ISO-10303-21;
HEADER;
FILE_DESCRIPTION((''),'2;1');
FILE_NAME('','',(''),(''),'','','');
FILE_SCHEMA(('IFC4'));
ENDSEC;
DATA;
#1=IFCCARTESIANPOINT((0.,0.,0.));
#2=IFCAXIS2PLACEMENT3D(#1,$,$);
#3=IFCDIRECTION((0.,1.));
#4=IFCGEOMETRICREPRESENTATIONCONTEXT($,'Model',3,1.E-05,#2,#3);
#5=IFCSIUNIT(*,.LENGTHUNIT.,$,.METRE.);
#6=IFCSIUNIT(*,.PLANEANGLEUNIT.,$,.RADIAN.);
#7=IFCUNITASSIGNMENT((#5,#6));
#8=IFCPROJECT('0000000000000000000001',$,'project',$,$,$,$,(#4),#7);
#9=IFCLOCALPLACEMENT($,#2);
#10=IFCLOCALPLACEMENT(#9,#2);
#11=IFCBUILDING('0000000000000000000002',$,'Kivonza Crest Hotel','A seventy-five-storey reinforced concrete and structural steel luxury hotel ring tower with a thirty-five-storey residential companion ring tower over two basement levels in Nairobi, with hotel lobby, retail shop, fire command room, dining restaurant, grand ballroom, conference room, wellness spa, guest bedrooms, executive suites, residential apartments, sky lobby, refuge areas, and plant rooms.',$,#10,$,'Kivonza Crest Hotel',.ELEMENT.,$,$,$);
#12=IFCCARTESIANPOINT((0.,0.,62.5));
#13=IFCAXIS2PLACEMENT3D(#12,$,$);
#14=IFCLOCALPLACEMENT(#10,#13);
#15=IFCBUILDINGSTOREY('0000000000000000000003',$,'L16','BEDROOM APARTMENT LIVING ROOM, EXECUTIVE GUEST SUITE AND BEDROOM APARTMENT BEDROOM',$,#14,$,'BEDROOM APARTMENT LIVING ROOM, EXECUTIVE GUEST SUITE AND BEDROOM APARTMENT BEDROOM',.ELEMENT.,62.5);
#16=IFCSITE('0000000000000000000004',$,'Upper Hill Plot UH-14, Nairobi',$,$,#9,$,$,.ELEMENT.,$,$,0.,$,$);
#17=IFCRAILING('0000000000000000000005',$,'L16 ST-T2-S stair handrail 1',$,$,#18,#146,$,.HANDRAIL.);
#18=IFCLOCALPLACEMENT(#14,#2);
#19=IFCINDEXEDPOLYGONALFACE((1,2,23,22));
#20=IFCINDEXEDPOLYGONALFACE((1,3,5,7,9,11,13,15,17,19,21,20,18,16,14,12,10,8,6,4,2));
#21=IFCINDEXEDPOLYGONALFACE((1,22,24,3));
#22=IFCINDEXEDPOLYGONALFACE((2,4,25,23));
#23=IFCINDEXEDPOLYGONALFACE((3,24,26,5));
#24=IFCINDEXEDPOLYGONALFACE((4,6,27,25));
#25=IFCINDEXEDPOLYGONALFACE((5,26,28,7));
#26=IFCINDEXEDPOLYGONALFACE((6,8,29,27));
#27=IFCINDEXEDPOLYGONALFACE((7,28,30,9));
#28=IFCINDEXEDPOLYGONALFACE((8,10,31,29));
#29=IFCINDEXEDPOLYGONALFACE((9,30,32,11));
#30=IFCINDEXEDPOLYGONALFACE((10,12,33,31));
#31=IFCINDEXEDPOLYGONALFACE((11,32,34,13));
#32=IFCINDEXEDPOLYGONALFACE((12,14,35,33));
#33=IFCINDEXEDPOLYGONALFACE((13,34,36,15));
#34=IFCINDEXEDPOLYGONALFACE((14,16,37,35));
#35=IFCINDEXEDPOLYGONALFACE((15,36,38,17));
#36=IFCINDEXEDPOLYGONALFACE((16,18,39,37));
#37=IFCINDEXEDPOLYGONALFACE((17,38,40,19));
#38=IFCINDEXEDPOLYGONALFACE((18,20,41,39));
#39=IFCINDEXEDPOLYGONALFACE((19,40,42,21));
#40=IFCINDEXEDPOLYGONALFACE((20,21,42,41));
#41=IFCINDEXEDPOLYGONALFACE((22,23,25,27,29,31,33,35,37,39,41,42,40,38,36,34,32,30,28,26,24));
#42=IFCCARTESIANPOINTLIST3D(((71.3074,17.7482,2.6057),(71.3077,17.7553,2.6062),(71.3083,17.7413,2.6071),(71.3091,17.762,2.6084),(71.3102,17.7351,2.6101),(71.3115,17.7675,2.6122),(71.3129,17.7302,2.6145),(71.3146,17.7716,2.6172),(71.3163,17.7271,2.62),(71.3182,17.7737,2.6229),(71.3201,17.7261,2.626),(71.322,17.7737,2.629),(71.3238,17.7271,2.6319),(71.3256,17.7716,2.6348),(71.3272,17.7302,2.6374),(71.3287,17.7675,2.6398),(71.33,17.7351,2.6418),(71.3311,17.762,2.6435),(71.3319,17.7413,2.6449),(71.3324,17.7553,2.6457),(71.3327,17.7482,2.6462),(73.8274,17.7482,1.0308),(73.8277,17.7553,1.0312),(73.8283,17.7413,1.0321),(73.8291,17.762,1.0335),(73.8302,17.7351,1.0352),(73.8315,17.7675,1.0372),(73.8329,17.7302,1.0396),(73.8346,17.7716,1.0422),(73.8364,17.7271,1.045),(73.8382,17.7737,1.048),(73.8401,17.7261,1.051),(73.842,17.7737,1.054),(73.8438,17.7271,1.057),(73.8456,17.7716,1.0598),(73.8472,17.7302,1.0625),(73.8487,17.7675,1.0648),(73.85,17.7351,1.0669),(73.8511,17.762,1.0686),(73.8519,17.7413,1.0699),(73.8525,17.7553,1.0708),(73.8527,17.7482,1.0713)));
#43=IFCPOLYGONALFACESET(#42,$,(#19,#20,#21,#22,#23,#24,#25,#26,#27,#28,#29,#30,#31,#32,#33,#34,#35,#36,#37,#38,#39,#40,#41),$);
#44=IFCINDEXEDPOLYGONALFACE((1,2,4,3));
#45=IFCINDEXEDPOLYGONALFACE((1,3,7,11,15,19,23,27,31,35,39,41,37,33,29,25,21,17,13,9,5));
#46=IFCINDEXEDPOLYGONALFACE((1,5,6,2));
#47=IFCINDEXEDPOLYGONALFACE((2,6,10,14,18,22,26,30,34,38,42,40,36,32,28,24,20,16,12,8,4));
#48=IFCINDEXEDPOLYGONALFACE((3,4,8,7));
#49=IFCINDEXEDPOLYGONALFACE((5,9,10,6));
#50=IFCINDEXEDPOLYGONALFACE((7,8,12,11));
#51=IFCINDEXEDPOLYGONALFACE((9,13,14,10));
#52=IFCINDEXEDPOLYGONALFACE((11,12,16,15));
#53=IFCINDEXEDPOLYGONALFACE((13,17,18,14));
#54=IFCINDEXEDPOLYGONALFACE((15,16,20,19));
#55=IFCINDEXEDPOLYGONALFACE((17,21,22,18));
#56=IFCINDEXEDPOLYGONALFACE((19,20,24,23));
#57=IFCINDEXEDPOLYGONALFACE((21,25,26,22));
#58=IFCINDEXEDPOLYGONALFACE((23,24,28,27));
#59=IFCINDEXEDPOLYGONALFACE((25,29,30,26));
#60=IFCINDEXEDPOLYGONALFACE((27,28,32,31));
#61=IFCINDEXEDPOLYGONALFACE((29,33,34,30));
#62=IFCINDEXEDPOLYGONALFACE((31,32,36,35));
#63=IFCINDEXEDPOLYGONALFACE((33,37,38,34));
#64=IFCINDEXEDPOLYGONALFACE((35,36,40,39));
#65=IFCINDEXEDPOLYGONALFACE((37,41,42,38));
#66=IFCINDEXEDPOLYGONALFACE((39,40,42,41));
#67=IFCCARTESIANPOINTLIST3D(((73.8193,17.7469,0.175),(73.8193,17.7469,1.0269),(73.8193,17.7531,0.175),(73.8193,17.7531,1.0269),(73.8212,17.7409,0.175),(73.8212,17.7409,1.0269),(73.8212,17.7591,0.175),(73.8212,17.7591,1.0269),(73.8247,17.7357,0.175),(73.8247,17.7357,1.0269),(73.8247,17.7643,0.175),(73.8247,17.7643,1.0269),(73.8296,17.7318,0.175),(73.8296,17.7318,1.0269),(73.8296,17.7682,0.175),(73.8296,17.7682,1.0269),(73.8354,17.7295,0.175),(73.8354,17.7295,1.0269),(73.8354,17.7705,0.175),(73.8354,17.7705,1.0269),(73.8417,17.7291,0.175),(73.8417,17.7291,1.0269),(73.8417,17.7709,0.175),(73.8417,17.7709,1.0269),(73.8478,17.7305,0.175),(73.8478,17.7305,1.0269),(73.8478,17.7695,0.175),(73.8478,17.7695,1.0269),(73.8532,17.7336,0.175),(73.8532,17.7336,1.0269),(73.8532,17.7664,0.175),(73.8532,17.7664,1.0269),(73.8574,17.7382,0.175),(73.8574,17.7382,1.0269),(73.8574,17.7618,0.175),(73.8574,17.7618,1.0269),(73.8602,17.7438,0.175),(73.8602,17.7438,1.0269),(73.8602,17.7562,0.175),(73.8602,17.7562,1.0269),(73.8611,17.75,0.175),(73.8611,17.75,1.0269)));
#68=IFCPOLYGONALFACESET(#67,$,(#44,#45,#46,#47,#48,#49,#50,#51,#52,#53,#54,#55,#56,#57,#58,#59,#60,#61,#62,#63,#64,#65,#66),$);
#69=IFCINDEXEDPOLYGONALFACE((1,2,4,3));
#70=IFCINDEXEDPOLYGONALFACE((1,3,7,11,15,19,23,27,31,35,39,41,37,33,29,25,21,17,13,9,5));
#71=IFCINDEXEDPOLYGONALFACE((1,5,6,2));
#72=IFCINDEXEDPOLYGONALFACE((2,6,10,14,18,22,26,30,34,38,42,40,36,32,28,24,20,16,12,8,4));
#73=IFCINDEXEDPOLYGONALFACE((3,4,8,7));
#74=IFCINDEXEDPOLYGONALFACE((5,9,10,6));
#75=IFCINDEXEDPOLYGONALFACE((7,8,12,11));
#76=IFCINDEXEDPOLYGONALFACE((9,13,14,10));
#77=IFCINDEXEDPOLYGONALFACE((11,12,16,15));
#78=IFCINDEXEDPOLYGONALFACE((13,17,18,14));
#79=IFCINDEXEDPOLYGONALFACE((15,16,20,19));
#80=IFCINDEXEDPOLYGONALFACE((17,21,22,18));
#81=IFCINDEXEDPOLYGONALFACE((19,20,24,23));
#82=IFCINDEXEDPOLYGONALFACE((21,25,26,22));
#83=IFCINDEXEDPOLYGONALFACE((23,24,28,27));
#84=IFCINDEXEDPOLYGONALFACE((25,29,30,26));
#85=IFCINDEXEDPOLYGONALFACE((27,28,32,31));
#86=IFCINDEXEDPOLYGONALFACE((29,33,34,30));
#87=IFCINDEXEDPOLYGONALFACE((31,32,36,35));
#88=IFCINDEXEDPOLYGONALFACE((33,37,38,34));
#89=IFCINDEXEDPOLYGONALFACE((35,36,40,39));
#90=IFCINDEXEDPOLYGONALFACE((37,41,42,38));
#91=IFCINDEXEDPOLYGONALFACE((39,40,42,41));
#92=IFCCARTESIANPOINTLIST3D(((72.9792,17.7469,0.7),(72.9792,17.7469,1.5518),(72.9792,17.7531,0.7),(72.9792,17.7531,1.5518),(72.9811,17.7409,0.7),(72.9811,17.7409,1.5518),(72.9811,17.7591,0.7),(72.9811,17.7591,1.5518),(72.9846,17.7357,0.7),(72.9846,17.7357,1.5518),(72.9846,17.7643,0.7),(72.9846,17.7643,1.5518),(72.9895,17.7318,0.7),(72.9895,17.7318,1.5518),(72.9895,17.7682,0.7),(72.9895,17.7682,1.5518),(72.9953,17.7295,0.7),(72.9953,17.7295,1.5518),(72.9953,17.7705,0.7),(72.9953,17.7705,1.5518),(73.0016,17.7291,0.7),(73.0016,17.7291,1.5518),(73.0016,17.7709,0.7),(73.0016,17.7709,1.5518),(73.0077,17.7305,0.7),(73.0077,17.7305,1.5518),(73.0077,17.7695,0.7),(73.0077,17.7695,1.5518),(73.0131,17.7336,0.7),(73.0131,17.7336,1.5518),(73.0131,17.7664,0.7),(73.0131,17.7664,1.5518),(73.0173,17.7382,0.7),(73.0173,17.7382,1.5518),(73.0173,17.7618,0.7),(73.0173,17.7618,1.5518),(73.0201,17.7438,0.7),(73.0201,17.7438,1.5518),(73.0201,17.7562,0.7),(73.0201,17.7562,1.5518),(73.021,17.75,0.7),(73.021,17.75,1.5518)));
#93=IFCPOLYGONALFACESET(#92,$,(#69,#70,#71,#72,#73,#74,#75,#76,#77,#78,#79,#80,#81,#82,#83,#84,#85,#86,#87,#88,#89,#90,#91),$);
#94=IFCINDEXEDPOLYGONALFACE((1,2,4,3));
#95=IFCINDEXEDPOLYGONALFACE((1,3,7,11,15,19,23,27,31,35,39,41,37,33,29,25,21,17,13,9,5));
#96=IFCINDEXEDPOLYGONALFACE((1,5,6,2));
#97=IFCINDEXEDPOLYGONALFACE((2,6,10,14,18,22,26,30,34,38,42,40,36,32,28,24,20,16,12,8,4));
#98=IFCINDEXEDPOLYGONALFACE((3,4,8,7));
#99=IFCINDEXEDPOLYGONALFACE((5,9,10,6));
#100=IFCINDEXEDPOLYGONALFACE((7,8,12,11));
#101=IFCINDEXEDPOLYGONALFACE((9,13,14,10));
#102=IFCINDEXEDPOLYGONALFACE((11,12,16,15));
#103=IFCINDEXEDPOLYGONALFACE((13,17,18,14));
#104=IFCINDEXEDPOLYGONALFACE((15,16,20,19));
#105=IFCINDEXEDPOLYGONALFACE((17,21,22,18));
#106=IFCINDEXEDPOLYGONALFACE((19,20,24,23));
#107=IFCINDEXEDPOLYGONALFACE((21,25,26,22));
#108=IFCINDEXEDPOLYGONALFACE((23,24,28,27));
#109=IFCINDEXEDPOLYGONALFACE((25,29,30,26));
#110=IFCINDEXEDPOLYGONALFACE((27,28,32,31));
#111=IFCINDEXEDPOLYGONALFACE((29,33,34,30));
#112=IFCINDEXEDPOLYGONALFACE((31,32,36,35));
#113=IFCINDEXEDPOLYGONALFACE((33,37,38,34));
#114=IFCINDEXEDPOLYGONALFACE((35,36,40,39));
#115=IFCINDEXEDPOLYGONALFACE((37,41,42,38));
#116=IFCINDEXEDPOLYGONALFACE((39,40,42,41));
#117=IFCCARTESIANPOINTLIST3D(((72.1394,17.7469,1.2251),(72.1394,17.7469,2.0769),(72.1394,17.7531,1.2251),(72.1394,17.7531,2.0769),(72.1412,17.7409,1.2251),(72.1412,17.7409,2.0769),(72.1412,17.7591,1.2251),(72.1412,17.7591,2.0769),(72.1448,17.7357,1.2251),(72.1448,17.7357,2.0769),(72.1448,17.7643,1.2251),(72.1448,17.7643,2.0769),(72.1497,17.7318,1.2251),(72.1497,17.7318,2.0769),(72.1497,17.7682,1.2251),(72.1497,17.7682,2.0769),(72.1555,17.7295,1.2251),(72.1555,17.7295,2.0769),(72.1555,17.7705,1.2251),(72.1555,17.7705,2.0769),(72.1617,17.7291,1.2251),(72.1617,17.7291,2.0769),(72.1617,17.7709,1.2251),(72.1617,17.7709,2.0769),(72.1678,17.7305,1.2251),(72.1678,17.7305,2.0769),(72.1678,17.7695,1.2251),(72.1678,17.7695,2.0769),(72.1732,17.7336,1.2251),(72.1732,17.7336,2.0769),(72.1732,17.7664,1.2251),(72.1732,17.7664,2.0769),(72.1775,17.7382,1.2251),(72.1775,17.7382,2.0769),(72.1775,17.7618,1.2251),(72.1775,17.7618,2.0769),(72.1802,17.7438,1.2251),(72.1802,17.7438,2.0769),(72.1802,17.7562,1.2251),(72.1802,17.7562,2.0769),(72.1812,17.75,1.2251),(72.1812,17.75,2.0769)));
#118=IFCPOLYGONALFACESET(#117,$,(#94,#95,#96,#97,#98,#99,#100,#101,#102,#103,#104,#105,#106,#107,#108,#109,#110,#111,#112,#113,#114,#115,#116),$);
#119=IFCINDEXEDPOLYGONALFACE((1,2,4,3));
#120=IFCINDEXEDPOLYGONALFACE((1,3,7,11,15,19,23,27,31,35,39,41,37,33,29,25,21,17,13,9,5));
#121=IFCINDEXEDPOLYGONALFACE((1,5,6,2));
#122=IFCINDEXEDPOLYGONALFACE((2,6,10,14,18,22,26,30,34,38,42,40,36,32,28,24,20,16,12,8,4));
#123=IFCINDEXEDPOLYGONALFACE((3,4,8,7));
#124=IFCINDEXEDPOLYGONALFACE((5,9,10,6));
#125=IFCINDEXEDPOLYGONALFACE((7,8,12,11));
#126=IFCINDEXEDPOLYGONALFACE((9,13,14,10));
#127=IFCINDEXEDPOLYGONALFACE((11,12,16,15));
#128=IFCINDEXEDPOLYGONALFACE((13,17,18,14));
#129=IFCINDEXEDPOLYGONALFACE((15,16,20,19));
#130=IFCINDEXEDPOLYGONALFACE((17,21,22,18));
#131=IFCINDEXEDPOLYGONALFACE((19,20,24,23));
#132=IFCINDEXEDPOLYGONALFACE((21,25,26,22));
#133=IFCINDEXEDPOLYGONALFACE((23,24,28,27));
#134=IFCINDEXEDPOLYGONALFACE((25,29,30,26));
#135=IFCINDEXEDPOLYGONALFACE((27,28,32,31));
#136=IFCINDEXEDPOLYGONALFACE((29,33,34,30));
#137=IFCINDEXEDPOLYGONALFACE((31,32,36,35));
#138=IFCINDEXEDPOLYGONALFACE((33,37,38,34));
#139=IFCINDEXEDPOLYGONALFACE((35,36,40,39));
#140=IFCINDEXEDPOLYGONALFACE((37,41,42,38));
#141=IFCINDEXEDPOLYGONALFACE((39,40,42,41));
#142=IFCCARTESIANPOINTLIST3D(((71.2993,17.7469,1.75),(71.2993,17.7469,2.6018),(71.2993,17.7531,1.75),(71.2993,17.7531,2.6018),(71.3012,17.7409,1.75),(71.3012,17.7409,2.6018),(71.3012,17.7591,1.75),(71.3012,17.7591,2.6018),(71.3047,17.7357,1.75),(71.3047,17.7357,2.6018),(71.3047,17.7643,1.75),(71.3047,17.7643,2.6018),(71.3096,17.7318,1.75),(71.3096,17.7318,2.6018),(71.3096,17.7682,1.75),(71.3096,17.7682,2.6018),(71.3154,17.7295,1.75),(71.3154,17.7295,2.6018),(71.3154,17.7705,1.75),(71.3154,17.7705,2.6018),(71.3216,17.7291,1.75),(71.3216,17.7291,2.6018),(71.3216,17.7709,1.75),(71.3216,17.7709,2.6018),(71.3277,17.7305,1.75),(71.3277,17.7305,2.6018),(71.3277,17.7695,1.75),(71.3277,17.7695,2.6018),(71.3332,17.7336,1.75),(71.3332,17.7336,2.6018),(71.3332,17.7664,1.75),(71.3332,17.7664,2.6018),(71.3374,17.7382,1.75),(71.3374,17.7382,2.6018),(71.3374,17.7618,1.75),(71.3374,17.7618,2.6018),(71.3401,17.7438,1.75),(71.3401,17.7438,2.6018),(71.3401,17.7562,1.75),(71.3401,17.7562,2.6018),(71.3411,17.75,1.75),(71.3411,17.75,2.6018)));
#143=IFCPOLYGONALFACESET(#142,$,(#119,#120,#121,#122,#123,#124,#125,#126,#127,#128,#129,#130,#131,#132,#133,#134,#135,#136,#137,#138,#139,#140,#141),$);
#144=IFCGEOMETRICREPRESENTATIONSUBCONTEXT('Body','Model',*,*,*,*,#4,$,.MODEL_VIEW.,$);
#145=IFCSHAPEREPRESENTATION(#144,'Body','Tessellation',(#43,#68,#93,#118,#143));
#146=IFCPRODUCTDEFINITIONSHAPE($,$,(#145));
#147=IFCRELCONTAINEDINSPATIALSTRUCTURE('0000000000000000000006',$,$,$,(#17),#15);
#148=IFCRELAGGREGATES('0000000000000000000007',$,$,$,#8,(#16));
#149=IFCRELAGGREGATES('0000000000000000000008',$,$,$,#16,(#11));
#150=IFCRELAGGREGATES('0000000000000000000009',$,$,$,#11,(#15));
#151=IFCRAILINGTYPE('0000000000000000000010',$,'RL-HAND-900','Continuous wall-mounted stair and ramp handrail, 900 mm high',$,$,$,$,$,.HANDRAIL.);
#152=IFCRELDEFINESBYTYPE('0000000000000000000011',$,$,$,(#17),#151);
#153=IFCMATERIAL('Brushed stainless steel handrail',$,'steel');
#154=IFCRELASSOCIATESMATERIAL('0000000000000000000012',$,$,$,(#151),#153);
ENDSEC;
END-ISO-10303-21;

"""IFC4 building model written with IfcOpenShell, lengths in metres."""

from ifc_helpers import new_model, si_unit, direction, frame, origin, origin_2d, place, context, subcontext, project, spatial, circle, extrude, material, type_object, element, save


model = new_model("IFC4")

# Units and contexts
model_context = context("Model", 3, precision=1e-05, world=origin(), true_north=direction((0.0, 1.0)))
body_context = subcontext(model_context, "Body", "Model", "MODEL_VIEW")
ifc_project = project(units=[si_unit("LENGTHUNIT", "METRE"), si_unit("PLANEANGLEUNIT", "RADIAN")], contexts=[model_context])

# Site, building, storey
site_placement = place(None, origin())
site = spatial("IfcSite", under=ifc_project, at=site_placement, Name="Upper Hill Plot UH-14, Nairobi", CompositionType="ELEMENT", RefElevation=0.0)
building_placement = place(site_placement, origin())
building = spatial("IfcBuilding", under=site, at=building_placement, Name="Kivonza Crest Hotel", Description="A seventy-five-storey reinforced concrete and structural steel luxury hotel ring tower with a thirty-five-storey residential companion ring tower over two basement levels in Nairobi, with hotel lobby, retail shop, fire command room, dining restaurant, grand ballroom, conference room, wellness spa, guest bedrooms, executive suites, residential apartments, sky lobby, refuge areas, and plant rooms.", LongName="Kivonza Crest Hotel", CompositionType="ELEMENT")
storey_placement = place(building_placement, frame((0.0, 0.0, 62.5)))
storey = spatial("IfcBuildingStorey", under=building, at=storey_placement, Name="L16", Description="BEDROOM APARTMENT LIVING ROOM, EXECUTIVE GUEST SUITE AND BEDROOM APARTMENT BEDROOM", LongName="BEDROOM APARTMENT LIVING ROOM, EXECUTIVE GUEST SUITE AND BEDROOM APARTMENT BEDROOM", CompositionType="ELEMENT", Elevation=62.5)

# Railing
ifc_material_1 = material(Name="Brushed stainless steel handrail", Category="steel")
railing_type_1 = type_object("IfcRailingType", Name="RL-HAND-900", Description="Continuous wall-mounted stair and ramp handrail, 900 mm high", PredefinedType="HANDRAIL", material=ifc_material_1)
railing_1_placement = place(storey_placement, frame((73.8401, 17.75, 0.175)))
element("IfcRailing", 1, at=railing_1_placement, inside=storey, type_object=railing_type_1, Name="L16 ST-T2-S stair handrail 1", PredefinedType="HANDRAIL", context=body_context, shape_type="SweptSolid", body=[
    extrude(circle(Radius=0.0239, at=origin_2d()), frame((0.0, 0.0, 0.876), z_axis=(-0.848008, 0.0, 0.529984), x_axis=(0.0, -1.0, 0.0)), (0.0, 0.0, 1.0), 2.9717),
    extrude(circle(Radius=0.021, at=origin_2d()), origin(), (0.0, 0.0, 1.0), 0.8518),
    extrude(circle(Radius=0.021, at=origin_2d()), frame((-0.8401, 0.0, 0.5249)), (0.0, 0.0, 1.0), 0.8518),
    extrude(circle(Radius=0.021, at=origin_2d()), frame((-1.6799, 0.0, 1.05)), (0.0, 0.0, 1.0), 0.8518),
    extrude(circle(Radius=0.021, at=origin_2d()), frame((-2.52, 0.0, 1.575)), (0.0, 0.0, 1.0), 0.8518),
])

save(model, "model.ifc")
